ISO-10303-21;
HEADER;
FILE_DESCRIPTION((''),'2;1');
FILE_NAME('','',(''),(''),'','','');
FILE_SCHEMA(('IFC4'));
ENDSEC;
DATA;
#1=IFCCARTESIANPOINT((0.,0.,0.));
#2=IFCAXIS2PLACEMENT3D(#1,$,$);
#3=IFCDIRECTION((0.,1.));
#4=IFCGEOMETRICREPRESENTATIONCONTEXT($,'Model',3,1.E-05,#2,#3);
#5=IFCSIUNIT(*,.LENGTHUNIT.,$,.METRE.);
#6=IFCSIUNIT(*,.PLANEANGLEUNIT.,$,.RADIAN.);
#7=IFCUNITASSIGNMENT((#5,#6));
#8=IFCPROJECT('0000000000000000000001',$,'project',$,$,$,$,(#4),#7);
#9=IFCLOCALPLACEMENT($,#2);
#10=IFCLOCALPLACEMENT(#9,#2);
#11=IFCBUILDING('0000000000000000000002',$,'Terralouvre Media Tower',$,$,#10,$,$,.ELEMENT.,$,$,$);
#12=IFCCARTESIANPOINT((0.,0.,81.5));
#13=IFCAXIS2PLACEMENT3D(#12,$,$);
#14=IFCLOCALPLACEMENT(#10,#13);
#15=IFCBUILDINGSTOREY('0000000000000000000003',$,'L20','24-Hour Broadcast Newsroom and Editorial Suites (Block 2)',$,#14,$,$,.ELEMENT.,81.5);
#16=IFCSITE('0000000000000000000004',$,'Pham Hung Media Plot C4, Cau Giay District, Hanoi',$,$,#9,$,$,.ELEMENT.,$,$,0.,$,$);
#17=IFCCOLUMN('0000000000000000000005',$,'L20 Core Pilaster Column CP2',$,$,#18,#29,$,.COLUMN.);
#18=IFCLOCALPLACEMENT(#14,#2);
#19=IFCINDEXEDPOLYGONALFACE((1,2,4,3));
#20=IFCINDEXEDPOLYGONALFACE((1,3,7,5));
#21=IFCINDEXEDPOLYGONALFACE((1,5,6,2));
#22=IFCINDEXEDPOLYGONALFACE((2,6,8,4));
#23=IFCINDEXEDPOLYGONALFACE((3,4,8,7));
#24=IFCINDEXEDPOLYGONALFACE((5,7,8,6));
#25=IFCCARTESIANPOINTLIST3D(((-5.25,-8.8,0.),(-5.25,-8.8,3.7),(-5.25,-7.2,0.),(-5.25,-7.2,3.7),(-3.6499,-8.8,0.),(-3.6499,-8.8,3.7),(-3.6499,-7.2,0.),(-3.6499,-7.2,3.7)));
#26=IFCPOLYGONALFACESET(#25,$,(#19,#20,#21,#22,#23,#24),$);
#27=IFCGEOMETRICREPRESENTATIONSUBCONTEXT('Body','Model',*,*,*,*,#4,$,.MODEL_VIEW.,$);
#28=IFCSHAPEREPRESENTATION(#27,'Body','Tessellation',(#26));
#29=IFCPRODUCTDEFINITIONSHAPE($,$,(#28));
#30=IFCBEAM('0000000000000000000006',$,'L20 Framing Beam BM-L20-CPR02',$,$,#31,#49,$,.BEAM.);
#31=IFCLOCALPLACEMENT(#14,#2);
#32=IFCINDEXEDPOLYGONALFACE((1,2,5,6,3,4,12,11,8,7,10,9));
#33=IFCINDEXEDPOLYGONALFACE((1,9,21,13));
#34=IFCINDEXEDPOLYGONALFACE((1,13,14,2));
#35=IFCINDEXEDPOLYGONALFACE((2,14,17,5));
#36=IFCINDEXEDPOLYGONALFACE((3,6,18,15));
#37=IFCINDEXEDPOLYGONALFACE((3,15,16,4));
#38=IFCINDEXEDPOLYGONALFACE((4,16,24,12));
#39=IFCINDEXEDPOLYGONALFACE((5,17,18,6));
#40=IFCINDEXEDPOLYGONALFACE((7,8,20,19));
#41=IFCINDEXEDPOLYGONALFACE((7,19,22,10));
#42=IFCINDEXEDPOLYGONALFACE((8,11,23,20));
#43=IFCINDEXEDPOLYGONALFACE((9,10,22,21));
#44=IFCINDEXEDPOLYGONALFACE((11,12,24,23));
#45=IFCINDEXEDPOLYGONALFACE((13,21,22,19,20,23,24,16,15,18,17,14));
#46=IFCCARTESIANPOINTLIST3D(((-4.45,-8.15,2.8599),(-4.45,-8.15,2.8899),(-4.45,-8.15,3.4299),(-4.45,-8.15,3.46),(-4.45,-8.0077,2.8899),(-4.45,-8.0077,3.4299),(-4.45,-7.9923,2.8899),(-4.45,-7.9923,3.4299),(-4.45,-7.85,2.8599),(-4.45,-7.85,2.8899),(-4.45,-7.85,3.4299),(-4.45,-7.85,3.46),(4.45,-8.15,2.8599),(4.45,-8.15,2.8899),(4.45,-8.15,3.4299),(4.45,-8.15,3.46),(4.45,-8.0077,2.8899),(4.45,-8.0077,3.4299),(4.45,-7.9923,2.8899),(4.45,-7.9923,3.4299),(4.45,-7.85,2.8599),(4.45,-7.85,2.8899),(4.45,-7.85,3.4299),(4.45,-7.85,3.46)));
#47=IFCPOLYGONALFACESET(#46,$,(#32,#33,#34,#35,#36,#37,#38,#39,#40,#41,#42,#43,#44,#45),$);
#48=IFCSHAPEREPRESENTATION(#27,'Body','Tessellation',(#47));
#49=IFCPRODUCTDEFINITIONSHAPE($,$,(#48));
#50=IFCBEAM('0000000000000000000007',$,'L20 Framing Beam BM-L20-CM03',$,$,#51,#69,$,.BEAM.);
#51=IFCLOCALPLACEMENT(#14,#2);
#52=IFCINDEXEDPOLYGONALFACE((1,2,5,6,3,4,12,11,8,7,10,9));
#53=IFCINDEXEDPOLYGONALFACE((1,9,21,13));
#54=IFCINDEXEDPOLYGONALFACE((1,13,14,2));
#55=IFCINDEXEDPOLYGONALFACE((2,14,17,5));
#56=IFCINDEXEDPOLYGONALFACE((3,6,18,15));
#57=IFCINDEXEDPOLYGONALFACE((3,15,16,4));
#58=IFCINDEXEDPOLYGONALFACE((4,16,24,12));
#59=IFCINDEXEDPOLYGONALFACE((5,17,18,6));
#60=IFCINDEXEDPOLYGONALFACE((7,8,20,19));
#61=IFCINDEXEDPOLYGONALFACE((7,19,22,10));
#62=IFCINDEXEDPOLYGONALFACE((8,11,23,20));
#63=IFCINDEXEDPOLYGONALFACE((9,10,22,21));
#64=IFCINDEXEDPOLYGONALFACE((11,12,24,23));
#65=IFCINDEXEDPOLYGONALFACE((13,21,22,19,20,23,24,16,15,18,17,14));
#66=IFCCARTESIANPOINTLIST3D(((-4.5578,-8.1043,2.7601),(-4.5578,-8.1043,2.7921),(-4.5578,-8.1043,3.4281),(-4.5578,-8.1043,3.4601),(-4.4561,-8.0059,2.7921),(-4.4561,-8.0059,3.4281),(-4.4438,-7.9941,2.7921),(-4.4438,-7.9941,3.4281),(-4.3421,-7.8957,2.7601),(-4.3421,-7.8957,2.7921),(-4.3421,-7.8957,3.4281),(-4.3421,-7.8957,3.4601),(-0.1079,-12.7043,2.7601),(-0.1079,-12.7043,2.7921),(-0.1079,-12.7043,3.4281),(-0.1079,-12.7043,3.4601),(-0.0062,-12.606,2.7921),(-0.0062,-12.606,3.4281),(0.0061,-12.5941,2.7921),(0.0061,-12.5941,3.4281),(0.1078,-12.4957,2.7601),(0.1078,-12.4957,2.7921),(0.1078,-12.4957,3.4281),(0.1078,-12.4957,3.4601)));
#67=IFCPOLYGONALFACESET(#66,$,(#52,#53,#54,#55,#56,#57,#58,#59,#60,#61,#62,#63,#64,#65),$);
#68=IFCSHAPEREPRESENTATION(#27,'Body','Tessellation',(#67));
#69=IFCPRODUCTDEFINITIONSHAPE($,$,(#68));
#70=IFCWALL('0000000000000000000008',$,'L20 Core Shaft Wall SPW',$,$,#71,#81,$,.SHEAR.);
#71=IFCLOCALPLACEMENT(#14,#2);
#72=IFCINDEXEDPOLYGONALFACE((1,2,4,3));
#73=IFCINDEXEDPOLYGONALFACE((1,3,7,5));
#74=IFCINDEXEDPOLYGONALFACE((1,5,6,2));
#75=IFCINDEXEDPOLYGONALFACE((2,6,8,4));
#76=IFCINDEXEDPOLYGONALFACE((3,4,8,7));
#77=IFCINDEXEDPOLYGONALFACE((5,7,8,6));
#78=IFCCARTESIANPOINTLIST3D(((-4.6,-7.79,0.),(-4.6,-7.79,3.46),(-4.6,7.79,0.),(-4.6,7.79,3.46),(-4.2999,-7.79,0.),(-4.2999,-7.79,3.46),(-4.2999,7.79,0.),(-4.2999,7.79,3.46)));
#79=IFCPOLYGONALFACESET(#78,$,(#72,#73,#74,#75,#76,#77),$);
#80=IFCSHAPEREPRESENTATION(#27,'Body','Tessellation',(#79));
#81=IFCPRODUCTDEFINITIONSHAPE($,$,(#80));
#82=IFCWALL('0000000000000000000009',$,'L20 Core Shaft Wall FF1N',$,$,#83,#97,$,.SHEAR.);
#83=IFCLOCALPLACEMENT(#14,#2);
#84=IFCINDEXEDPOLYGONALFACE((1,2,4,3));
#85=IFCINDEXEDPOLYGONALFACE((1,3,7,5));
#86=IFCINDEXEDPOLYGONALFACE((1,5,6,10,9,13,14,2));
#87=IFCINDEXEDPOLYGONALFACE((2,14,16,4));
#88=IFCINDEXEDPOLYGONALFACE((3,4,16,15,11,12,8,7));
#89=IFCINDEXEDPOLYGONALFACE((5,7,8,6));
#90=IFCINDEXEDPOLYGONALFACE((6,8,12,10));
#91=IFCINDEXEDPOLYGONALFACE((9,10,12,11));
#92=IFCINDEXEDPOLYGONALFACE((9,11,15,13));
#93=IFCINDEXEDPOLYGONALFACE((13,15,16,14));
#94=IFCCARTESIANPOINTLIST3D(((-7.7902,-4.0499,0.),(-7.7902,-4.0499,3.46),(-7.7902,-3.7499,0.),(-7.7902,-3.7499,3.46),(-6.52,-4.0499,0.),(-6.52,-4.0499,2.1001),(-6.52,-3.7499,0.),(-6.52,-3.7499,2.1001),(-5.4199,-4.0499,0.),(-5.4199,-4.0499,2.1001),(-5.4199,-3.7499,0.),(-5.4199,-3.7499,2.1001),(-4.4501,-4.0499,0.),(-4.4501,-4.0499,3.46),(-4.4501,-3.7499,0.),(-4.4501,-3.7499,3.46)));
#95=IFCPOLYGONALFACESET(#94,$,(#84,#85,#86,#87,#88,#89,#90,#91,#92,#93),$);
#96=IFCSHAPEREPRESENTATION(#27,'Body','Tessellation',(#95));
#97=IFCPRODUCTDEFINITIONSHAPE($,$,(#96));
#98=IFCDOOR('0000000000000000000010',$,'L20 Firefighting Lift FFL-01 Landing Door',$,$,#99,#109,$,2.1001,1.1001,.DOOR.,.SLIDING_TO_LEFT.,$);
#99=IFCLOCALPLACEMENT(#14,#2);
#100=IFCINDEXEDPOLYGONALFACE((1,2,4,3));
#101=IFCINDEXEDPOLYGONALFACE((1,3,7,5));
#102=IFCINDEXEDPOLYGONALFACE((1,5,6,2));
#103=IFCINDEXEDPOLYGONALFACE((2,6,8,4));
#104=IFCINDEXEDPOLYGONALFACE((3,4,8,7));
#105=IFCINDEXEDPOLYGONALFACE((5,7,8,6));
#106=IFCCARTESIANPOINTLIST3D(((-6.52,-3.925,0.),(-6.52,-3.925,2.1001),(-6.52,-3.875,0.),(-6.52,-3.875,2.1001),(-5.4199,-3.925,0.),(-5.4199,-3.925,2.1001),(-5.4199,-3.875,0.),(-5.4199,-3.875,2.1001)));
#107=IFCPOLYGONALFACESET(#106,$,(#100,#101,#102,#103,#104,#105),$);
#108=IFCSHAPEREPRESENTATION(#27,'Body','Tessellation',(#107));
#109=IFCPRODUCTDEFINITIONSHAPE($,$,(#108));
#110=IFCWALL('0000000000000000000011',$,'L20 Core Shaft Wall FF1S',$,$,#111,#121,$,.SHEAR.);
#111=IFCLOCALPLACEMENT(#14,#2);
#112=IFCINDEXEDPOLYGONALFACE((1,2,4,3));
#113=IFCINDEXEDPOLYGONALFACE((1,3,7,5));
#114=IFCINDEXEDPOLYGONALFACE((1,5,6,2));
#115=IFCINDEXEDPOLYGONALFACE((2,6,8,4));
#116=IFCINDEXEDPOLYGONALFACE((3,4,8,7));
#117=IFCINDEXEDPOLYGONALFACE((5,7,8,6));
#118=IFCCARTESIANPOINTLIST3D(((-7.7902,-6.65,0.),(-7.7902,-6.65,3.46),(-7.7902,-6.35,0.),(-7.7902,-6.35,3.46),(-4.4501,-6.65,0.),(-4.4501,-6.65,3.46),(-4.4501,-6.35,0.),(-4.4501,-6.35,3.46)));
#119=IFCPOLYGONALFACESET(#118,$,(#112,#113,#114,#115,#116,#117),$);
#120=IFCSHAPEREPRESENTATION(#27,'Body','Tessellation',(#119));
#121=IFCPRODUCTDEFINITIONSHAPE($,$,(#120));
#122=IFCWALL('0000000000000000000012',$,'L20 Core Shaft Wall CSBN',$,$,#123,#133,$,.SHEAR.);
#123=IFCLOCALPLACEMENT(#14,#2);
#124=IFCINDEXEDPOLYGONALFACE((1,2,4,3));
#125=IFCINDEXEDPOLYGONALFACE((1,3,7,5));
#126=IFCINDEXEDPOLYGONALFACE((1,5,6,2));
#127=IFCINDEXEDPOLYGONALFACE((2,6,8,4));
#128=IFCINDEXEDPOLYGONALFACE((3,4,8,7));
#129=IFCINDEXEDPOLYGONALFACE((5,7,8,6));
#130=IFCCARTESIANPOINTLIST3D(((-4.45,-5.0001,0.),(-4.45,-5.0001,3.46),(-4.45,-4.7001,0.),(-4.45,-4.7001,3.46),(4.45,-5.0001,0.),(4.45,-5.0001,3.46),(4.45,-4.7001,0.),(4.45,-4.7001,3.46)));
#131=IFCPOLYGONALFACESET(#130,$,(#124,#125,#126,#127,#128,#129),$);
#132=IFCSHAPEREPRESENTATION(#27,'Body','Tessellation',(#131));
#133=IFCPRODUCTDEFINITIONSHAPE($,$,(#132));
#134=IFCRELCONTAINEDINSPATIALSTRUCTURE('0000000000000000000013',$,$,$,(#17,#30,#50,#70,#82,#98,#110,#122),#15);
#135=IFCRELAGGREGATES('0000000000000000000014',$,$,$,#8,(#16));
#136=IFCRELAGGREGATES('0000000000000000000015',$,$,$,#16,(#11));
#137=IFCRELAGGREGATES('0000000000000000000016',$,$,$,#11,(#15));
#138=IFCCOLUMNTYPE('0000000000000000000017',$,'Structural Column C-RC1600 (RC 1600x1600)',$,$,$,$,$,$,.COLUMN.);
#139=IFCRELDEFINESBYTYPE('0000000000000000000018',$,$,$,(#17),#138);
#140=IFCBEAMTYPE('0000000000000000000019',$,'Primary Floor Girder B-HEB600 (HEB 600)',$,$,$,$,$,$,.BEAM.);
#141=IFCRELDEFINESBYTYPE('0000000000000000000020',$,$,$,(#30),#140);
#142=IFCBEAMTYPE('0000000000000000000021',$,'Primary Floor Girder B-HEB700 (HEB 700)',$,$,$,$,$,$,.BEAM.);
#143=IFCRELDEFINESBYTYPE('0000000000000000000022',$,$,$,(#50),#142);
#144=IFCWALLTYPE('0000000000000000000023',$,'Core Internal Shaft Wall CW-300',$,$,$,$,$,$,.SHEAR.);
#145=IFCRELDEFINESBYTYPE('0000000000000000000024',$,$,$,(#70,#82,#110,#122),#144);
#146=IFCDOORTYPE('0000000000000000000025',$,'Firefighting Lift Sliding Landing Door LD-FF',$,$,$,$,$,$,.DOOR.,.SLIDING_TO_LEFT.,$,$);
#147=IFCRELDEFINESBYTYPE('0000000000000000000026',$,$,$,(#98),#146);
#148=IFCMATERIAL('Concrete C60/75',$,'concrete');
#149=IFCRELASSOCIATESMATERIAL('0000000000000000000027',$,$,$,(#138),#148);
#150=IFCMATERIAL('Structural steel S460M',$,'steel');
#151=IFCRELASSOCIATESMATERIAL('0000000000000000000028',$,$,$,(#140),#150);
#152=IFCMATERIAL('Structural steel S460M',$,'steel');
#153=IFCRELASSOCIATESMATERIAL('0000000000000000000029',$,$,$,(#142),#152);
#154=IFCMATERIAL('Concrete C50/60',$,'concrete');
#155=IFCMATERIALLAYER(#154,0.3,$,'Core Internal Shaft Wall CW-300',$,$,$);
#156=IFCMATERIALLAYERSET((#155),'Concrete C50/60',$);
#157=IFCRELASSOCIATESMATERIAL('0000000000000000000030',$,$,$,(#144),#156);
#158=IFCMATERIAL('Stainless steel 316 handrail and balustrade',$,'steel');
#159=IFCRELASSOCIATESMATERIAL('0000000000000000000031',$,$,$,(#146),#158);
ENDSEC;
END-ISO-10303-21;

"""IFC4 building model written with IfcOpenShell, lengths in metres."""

from ifc_helpers import new_model, si_unit, direction, frame, frame_2d, origin, origin_2d, place, context, subcontext, project, spatial, rectangle, i_section, extrude, material, layer, layer_set, material_profile, profile_set, type_object, element, fill, save


model = new_model("IFC4")

# Units and contexts
model_context = context("Model", 3, precision=1e-05, world=origin(), true_north=direction((0.0, 1.0)))
body_context = subcontext(model_context, "Body", "Model", "MODEL_VIEW")
ifc_project = project(units=[si_unit("LENGTHUNIT", "METRE"), si_unit("PLANEANGLEUNIT", "RADIAN")], contexts=[model_context])

# Site, building, storey
site_placement = place(None, origin())
site = spatial("IfcSite", under=ifc_project, at=site_placement, Name="Pham Hung Media Plot C4, Cau Giay District, Hanoi", CompositionType="ELEMENT", RefElevation=0.0)
building_placement = place(site_placement, origin())
building = spatial("IfcBuilding", under=site, at=building_placement, Name="Terralouvre Media Tower", CompositionType="ELEMENT")
storey_placement = place(building_placement, frame((0.0, 0.0, 81.5)))
storey = spatial("IfcBuildingStorey", under=building, at=storey_placement, Name="L20", Description="24-Hour Broadcast Newsroom and Editorial Suites (Block 2)", CompositionType="ELEMENT", Elevation=81.5)

# Column
ifc_material_1 = material(Name="Concrete C60/75", Category="concrete")
ifc_material_profile_1 = material_profile(ifc_material_1, rectangle(XDim=1.6001, YDim=1.6001, at=origin_2d()), Name="RC 1600x1600")
ifc_profile_set_1 = profile_set([ifc_material_profile_1], Name="Concrete C60/75")
column_type = type_object("IfcColumnType", Name="Structural Column C-RC1600 (RC 1600x1600)", PredefinedType="COLUMN", material=ifc_profile_set_1)
column_placement = place(storey_placement, frame((-4.45, -8.0, 0.0), z_axis=(0.0, 0.0, 1.0), x_axis=(1.0, 0.0, 0.0)))
element("IfcColumn", 1, at=column_placement, inside=storey, type_object=column_type, Name="L20 Core Pilaster Column CP2", PredefinedType="COLUMN", context=body_context, shape_type="SweptSolid", body=[
    extrude(rectangle(XDim=1.6001, YDim=1.6001, at=origin_2d()), origin(), (0.0, 0.0, 1.0), 3.7),
])

# Beams
ifc_material_2 = material(Name="Structural steel S460M", Category="steel")
ifc_material_profile_2 = material_profile(ifc_material_2, i_section(OverallWidth=0.3, OverallDepth=0.6001, WebThickness=0.0154, FlangeThickness=0.03, at=origin_2d()), Name="HEB 600")
ifc_profile_set_2 = profile_set([ifc_material_profile_2], Name="Structural steel S460M")
beam_type_1 = type_object("IfcBeamType", Name="Primary Floor Girder B-HEB600 (HEB 600)", PredefinedType="BEAM", material=ifc_profile_set_2)
beam_1_placement = place(storey_placement, frame((-4.45, -8.0, 3.1599), z_axis=(1.0, 0.0, 0.0), x_axis=(0.0, 1.0, 0.0)))
element("IfcBeam", 2, at=beam_1_placement, inside=storey, type_object=beam_type_1, Name="L20 Framing Beam BM-L20-CPR02", PredefinedType="BEAM", context=body_context, shape_type="SweptSolid", body=[
    extrude(i_section(OverallWidth=0.3, OverallDepth=0.6001, WebThickness=0.0154, FlangeThickness=0.03, at=origin_2d()), origin(), (0.0, 0.0, 1.0), 8.8999),
])
ifc_material_3 = material(Name="Structural steel S460M", Category="steel")
ifc_material_profile_3 = material_profile(ifc_material_3, i_section(OverallWidth=0.3, OverallDepth=0.7, WebThickness=0.0171, FlangeThickness=0.032, at=origin_2d()), Name="HEB 700")
ifc_profile_set_3 = profile_set([ifc_material_profile_3], Name="Structural steel S460M")
beam_type_2 = type_object("IfcBeamType", Name="Primary Floor Girder B-HEB700 (HEB 700)", PredefinedType="BEAM", material=ifc_profile_set_3)
beam_2_placement = place(storey_placement, frame((-4.45, -8.0, 3.1101), z_axis=(0.69528, -0.718739, 0.0), x_axis=(0.718739, 0.69528, 0.0)))
element("IfcBeam", 3, at=beam_2_placement, inside=storey, type_object=beam_type_2, Name="L20 Framing Beam BM-L20-CM03", PredefinedType="BEAM", context=body_context, shape_type="SweptSolid", body=[
    extrude(i_section(OverallWidth=0.3, OverallDepth=0.7, WebThickness=0.0171, FlangeThickness=0.032, at=origin_2d()), origin(), (0.0, 0.0, 1.0), 6.4001),
])

# Wall
ifc_material_4 = material(Name="Concrete C50/60", Category="concrete")
ifc_layer_1 = layer(ifc_material_4, 0.3, Name="Core Internal Shaft Wall CW-300")
ifc_layer_set_1 = layer_set([ifc_layer_1], Name="Concrete C50/60")
wall_type_1 = type_object("IfcWallType", Name="Core Internal Shaft Wall CW-300", PredefinedType="SHEAR", material=ifc_layer_set_1)
wall_1_placement = place(storey_placement, frame((-4.45, -7.79, 0.0), z_axis=(0.0, 0.0, 1.0), x_axis=(0.0, 1.0, 0.0)))
element("IfcWall", 4, at=wall_1_placement, inside=storey, type_object=wall_type_1, Name="L20 Core Shaft Wall SPW", PredefinedType="SHEAR", context=body_context, shape_type="SweptSolid", body=[
    extrude(rectangle(XDim=15.5801, YDim=0.3, at=frame_2d((7.79, 0.0))), origin(), (0.0, 0.0, 1.0), 3.46),
])

# Wall, opening, door
wall_2_placement = place(storey_placement, frame((-7.79, -3.8999, 0.0), z_axis=(0.0, 0.0, 1.0), x_axis=(1.0, 0.0, 0.0)))
wall_2 = element("IfcWall", 5, at=wall_2_placement, inside=storey, type_object=wall_type_1, Name="L20 Core Shaft Wall FF1N", PredefinedType="SHEAR", context=body_context, shape_type="SweptSolid", body=[
    extrude(rectangle(XDim=3.3401, YDim=0.3, at=frame_2d((1.6699, 0.0))), origin(), (0.0, 0.0, 1.0), 3.46),
])
opening_1_placement = place(wall_2_placement, frame((1.27, 0.0, 0.0)))
opening_1 = element("IfcOpeningElement", 6, at=opening_1_placement, cuts=wall_2, PredefinedType="OPENING", context=body_context, shape_type="SweptSolid", body=[
    extrude(rectangle(XDim=1.1001, YDim=2.1001, at=frame_2d((0.55, 1.05))), frame((0.0, 0.1599, 0.0), z_axis=(0.0, -1.0, 0.0), x_axis=(1.0, 0.0, 0.0)), (0.0, 0.0, 1.0), 0.3201),
])
ifc_material_5 = material(Name="Stainless steel 316 handrail and balustrade", Category="steel")
door_type_1 = type_object("IfcDoorType", Name="Firefighting Lift Sliding Landing Door LD-FF", OperationType="SLIDING_TO_LEFT", PredefinedType="DOOR", material=ifc_material_5)
door_1_placement = place(opening_1_placement, origin())
door_1 = element("IfcDoor", 7, at=door_1_placement, inside=storey, type_object=door_type_1, Name="L20 Firefighting Lift FFL-01 Landing Door", OperationType="SLIDING_TO_LEFT", OverallHeight=2.1001, OverallWidth=1.1001, PredefinedType="DOOR", context=body_context, shape_type="SweptSolid", body=[
    extrude(rectangle(XDim=1.1001, YDim=2.1001, at=frame_2d((0.55, 1.05))), frame((0.0, 0.0249, 0.0), z_axis=(0.0, -1.0, 0.0), x_axis=(1.0, 0.0, 0.0)), (0.0, 0.0, 1.0), 0.05),
])
fill(opening_1, door_1)

# Walls
wall_3_placement = place(storey_placement, frame((-7.79, -6.5, 0.0), z_axis=(0.0, 0.0, 1.0), x_axis=(1.0, 0.0, 0.0)))
element("IfcWall", 8, at=wall_3_placement, inside=storey, type_object=wall_type_1, Name="L20 Core Shaft Wall FF1S", PredefinedType="SHEAR", context=body_context, shape_type="SweptSolid", body=[
    extrude(rectangle(XDim=3.3401, YDim=0.3, at=frame_2d((1.6699, 0.0))), origin(), (0.0, 0.0, 1.0), 3.46),
])
wall_4_placement = place(storey_placement, frame((-4.45, -4.8501, 0.0), z_axis=(0.0, 0.0, 1.0), x_axis=(1.0, 0.0, 0.0)))
element("IfcWall", 9, at=wall_4_placement, inside=storey, type_object=wall_type_1, Name="L20 Core Shaft Wall CSBN", PredefinedType="SHEAR", context=body_context, shape_type="SweptSolid", body=[
    extrude(rectangle(XDim=8.8999, YDim=0.3, at=frame_2d((4.45, 0.0))), origin(), (0.0, 0.0, 1.0), 3.46),
])

save(model, "model.ifc")
